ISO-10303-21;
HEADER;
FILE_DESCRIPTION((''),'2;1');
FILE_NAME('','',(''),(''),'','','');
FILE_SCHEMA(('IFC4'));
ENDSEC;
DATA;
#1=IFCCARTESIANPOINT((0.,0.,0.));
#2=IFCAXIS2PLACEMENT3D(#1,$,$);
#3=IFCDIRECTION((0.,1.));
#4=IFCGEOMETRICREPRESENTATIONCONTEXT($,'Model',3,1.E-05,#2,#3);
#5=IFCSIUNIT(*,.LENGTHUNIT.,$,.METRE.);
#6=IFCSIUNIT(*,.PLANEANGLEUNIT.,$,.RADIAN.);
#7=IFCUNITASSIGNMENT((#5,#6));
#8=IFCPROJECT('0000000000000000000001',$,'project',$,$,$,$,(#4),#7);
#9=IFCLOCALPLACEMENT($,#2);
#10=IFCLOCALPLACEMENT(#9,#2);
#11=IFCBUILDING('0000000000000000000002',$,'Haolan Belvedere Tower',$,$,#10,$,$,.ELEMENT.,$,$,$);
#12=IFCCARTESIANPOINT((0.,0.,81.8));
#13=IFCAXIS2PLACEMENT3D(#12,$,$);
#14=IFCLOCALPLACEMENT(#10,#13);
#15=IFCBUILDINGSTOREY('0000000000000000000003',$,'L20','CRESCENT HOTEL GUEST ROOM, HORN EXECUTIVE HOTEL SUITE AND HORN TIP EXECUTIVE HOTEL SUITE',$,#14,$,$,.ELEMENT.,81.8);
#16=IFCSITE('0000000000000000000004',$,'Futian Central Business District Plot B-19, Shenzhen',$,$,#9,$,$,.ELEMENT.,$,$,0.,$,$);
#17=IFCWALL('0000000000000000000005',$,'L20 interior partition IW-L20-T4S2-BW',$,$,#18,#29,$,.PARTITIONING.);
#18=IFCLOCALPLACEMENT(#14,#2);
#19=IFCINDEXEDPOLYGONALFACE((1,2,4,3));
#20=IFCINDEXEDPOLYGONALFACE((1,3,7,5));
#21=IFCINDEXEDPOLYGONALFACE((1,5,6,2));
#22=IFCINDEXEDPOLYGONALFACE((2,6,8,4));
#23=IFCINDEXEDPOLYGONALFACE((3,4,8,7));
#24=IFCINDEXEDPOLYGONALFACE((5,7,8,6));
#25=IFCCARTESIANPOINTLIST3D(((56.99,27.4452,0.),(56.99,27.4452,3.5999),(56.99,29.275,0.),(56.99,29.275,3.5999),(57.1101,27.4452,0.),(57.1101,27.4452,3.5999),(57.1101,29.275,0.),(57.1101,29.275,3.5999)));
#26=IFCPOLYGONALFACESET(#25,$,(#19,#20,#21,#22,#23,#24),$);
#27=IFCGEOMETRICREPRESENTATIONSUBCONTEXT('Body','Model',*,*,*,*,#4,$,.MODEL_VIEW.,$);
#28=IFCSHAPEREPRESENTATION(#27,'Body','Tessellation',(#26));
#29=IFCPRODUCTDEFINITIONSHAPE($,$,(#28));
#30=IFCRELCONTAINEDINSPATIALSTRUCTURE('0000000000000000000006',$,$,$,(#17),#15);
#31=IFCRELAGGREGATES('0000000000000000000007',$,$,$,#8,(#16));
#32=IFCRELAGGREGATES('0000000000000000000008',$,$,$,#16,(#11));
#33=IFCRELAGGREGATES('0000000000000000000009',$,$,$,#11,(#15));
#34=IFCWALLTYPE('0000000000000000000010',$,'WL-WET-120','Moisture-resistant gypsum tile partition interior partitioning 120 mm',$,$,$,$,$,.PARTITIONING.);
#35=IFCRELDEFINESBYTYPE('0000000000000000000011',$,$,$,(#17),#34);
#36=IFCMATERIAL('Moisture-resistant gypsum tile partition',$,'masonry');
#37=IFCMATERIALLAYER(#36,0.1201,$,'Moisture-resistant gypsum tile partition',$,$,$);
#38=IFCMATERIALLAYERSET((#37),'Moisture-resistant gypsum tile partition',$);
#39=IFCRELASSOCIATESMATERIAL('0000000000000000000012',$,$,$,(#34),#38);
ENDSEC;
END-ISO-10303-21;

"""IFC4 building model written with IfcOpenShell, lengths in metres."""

from ifc_helpers import new_model, si_unit, direction, frame, frame_2d, origin, place, context, subcontext, project, spatial, rectangle, extrude, material, layer, layer_set, type_object, element, save


model = new_model("IFC4")

# Units and contexts
model_context = context("Model", 3, precision=1e-05, world=origin(), true_north=direction((0.0, 1.0)))
body_context = subcontext(model_context, "Body", "Model", "MODEL_VIEW")
ifc_project = project(units=[si_unit("LENGTHUNIT", "METRE"), si_unit("PLANEANGLEUNIT", "RADIAN")], contexts=[model_context])

# Site, building, storey
site_placement = place(None, origin())
site = spatial("IfcSite", under=ifc_project, at=site_placement, Name="Futian Central Business District Plot B-19, Shenzhen", CompositionType="ELEMENT", RefElevation=0.0)
building_placement = place(site_placement, origin())
building = spatial("IfcBuilding", under=site, at=building_placement, Name="Haolan Belvedere Tower", CompositionType="ELEMENT")
storey_placement = place(building_placement, frame((0.0, 0.0, 81.8)))
storey = spatial("IfcBuildingStorey", under=building, at=storey_placement, Name="L20", Description="CRESCENT HOTEL GUEST ROOM, HORN EXECUTIVE HOTEL SUITE AND HORN TIP EXECUTIVE HOTEL SUITE", CompositionType="ELEMENT", Elevation=81.8)

# Wall
ifc_material_1 = material(Name="Moisture-resistant gypsum tile partition", Category="masonry")
ifc_layer_1 = layer(ifc_material_1, 0.1201, Name="Moisture-resistant gypsum tile partition")
ifc_layer_set_1 = layer_set([ifc_layer_1], Name="Moisture-resistant gypsum tile partition")
wall_type_1 = type_object("IfcWallType", Name="WL-WET-120", Description="Moisture-resistant gypsum tile partition interior partitioning 120 mm", PredefinedType="PARTITIONING", material=ifc_layer_set_1)
wall_1_placement = place(storey_placement, frame((57.05, 27.4451, 0.0), z_axis=(0.0, 0.0, 1.0), x_axis=(0.0, 1.0, 0.0)))
element("IfcWall", 1, at=wall_1_placement, inside=storey, type_object=wall_type_1, Name="L20 interior partition IW-L20-T4S2-BW", PredefinedType="PARTITIONING", context=body_context, shape_type="SweptSolid", body=[
    extrude(rectangle(XDim=1.8298, YDim=0.1201, at=frame_2d((0.915, 0.0))), origin(), (0.0, 0.0, 1.0), 3.5999),
])

save(model, "model.ifc")
